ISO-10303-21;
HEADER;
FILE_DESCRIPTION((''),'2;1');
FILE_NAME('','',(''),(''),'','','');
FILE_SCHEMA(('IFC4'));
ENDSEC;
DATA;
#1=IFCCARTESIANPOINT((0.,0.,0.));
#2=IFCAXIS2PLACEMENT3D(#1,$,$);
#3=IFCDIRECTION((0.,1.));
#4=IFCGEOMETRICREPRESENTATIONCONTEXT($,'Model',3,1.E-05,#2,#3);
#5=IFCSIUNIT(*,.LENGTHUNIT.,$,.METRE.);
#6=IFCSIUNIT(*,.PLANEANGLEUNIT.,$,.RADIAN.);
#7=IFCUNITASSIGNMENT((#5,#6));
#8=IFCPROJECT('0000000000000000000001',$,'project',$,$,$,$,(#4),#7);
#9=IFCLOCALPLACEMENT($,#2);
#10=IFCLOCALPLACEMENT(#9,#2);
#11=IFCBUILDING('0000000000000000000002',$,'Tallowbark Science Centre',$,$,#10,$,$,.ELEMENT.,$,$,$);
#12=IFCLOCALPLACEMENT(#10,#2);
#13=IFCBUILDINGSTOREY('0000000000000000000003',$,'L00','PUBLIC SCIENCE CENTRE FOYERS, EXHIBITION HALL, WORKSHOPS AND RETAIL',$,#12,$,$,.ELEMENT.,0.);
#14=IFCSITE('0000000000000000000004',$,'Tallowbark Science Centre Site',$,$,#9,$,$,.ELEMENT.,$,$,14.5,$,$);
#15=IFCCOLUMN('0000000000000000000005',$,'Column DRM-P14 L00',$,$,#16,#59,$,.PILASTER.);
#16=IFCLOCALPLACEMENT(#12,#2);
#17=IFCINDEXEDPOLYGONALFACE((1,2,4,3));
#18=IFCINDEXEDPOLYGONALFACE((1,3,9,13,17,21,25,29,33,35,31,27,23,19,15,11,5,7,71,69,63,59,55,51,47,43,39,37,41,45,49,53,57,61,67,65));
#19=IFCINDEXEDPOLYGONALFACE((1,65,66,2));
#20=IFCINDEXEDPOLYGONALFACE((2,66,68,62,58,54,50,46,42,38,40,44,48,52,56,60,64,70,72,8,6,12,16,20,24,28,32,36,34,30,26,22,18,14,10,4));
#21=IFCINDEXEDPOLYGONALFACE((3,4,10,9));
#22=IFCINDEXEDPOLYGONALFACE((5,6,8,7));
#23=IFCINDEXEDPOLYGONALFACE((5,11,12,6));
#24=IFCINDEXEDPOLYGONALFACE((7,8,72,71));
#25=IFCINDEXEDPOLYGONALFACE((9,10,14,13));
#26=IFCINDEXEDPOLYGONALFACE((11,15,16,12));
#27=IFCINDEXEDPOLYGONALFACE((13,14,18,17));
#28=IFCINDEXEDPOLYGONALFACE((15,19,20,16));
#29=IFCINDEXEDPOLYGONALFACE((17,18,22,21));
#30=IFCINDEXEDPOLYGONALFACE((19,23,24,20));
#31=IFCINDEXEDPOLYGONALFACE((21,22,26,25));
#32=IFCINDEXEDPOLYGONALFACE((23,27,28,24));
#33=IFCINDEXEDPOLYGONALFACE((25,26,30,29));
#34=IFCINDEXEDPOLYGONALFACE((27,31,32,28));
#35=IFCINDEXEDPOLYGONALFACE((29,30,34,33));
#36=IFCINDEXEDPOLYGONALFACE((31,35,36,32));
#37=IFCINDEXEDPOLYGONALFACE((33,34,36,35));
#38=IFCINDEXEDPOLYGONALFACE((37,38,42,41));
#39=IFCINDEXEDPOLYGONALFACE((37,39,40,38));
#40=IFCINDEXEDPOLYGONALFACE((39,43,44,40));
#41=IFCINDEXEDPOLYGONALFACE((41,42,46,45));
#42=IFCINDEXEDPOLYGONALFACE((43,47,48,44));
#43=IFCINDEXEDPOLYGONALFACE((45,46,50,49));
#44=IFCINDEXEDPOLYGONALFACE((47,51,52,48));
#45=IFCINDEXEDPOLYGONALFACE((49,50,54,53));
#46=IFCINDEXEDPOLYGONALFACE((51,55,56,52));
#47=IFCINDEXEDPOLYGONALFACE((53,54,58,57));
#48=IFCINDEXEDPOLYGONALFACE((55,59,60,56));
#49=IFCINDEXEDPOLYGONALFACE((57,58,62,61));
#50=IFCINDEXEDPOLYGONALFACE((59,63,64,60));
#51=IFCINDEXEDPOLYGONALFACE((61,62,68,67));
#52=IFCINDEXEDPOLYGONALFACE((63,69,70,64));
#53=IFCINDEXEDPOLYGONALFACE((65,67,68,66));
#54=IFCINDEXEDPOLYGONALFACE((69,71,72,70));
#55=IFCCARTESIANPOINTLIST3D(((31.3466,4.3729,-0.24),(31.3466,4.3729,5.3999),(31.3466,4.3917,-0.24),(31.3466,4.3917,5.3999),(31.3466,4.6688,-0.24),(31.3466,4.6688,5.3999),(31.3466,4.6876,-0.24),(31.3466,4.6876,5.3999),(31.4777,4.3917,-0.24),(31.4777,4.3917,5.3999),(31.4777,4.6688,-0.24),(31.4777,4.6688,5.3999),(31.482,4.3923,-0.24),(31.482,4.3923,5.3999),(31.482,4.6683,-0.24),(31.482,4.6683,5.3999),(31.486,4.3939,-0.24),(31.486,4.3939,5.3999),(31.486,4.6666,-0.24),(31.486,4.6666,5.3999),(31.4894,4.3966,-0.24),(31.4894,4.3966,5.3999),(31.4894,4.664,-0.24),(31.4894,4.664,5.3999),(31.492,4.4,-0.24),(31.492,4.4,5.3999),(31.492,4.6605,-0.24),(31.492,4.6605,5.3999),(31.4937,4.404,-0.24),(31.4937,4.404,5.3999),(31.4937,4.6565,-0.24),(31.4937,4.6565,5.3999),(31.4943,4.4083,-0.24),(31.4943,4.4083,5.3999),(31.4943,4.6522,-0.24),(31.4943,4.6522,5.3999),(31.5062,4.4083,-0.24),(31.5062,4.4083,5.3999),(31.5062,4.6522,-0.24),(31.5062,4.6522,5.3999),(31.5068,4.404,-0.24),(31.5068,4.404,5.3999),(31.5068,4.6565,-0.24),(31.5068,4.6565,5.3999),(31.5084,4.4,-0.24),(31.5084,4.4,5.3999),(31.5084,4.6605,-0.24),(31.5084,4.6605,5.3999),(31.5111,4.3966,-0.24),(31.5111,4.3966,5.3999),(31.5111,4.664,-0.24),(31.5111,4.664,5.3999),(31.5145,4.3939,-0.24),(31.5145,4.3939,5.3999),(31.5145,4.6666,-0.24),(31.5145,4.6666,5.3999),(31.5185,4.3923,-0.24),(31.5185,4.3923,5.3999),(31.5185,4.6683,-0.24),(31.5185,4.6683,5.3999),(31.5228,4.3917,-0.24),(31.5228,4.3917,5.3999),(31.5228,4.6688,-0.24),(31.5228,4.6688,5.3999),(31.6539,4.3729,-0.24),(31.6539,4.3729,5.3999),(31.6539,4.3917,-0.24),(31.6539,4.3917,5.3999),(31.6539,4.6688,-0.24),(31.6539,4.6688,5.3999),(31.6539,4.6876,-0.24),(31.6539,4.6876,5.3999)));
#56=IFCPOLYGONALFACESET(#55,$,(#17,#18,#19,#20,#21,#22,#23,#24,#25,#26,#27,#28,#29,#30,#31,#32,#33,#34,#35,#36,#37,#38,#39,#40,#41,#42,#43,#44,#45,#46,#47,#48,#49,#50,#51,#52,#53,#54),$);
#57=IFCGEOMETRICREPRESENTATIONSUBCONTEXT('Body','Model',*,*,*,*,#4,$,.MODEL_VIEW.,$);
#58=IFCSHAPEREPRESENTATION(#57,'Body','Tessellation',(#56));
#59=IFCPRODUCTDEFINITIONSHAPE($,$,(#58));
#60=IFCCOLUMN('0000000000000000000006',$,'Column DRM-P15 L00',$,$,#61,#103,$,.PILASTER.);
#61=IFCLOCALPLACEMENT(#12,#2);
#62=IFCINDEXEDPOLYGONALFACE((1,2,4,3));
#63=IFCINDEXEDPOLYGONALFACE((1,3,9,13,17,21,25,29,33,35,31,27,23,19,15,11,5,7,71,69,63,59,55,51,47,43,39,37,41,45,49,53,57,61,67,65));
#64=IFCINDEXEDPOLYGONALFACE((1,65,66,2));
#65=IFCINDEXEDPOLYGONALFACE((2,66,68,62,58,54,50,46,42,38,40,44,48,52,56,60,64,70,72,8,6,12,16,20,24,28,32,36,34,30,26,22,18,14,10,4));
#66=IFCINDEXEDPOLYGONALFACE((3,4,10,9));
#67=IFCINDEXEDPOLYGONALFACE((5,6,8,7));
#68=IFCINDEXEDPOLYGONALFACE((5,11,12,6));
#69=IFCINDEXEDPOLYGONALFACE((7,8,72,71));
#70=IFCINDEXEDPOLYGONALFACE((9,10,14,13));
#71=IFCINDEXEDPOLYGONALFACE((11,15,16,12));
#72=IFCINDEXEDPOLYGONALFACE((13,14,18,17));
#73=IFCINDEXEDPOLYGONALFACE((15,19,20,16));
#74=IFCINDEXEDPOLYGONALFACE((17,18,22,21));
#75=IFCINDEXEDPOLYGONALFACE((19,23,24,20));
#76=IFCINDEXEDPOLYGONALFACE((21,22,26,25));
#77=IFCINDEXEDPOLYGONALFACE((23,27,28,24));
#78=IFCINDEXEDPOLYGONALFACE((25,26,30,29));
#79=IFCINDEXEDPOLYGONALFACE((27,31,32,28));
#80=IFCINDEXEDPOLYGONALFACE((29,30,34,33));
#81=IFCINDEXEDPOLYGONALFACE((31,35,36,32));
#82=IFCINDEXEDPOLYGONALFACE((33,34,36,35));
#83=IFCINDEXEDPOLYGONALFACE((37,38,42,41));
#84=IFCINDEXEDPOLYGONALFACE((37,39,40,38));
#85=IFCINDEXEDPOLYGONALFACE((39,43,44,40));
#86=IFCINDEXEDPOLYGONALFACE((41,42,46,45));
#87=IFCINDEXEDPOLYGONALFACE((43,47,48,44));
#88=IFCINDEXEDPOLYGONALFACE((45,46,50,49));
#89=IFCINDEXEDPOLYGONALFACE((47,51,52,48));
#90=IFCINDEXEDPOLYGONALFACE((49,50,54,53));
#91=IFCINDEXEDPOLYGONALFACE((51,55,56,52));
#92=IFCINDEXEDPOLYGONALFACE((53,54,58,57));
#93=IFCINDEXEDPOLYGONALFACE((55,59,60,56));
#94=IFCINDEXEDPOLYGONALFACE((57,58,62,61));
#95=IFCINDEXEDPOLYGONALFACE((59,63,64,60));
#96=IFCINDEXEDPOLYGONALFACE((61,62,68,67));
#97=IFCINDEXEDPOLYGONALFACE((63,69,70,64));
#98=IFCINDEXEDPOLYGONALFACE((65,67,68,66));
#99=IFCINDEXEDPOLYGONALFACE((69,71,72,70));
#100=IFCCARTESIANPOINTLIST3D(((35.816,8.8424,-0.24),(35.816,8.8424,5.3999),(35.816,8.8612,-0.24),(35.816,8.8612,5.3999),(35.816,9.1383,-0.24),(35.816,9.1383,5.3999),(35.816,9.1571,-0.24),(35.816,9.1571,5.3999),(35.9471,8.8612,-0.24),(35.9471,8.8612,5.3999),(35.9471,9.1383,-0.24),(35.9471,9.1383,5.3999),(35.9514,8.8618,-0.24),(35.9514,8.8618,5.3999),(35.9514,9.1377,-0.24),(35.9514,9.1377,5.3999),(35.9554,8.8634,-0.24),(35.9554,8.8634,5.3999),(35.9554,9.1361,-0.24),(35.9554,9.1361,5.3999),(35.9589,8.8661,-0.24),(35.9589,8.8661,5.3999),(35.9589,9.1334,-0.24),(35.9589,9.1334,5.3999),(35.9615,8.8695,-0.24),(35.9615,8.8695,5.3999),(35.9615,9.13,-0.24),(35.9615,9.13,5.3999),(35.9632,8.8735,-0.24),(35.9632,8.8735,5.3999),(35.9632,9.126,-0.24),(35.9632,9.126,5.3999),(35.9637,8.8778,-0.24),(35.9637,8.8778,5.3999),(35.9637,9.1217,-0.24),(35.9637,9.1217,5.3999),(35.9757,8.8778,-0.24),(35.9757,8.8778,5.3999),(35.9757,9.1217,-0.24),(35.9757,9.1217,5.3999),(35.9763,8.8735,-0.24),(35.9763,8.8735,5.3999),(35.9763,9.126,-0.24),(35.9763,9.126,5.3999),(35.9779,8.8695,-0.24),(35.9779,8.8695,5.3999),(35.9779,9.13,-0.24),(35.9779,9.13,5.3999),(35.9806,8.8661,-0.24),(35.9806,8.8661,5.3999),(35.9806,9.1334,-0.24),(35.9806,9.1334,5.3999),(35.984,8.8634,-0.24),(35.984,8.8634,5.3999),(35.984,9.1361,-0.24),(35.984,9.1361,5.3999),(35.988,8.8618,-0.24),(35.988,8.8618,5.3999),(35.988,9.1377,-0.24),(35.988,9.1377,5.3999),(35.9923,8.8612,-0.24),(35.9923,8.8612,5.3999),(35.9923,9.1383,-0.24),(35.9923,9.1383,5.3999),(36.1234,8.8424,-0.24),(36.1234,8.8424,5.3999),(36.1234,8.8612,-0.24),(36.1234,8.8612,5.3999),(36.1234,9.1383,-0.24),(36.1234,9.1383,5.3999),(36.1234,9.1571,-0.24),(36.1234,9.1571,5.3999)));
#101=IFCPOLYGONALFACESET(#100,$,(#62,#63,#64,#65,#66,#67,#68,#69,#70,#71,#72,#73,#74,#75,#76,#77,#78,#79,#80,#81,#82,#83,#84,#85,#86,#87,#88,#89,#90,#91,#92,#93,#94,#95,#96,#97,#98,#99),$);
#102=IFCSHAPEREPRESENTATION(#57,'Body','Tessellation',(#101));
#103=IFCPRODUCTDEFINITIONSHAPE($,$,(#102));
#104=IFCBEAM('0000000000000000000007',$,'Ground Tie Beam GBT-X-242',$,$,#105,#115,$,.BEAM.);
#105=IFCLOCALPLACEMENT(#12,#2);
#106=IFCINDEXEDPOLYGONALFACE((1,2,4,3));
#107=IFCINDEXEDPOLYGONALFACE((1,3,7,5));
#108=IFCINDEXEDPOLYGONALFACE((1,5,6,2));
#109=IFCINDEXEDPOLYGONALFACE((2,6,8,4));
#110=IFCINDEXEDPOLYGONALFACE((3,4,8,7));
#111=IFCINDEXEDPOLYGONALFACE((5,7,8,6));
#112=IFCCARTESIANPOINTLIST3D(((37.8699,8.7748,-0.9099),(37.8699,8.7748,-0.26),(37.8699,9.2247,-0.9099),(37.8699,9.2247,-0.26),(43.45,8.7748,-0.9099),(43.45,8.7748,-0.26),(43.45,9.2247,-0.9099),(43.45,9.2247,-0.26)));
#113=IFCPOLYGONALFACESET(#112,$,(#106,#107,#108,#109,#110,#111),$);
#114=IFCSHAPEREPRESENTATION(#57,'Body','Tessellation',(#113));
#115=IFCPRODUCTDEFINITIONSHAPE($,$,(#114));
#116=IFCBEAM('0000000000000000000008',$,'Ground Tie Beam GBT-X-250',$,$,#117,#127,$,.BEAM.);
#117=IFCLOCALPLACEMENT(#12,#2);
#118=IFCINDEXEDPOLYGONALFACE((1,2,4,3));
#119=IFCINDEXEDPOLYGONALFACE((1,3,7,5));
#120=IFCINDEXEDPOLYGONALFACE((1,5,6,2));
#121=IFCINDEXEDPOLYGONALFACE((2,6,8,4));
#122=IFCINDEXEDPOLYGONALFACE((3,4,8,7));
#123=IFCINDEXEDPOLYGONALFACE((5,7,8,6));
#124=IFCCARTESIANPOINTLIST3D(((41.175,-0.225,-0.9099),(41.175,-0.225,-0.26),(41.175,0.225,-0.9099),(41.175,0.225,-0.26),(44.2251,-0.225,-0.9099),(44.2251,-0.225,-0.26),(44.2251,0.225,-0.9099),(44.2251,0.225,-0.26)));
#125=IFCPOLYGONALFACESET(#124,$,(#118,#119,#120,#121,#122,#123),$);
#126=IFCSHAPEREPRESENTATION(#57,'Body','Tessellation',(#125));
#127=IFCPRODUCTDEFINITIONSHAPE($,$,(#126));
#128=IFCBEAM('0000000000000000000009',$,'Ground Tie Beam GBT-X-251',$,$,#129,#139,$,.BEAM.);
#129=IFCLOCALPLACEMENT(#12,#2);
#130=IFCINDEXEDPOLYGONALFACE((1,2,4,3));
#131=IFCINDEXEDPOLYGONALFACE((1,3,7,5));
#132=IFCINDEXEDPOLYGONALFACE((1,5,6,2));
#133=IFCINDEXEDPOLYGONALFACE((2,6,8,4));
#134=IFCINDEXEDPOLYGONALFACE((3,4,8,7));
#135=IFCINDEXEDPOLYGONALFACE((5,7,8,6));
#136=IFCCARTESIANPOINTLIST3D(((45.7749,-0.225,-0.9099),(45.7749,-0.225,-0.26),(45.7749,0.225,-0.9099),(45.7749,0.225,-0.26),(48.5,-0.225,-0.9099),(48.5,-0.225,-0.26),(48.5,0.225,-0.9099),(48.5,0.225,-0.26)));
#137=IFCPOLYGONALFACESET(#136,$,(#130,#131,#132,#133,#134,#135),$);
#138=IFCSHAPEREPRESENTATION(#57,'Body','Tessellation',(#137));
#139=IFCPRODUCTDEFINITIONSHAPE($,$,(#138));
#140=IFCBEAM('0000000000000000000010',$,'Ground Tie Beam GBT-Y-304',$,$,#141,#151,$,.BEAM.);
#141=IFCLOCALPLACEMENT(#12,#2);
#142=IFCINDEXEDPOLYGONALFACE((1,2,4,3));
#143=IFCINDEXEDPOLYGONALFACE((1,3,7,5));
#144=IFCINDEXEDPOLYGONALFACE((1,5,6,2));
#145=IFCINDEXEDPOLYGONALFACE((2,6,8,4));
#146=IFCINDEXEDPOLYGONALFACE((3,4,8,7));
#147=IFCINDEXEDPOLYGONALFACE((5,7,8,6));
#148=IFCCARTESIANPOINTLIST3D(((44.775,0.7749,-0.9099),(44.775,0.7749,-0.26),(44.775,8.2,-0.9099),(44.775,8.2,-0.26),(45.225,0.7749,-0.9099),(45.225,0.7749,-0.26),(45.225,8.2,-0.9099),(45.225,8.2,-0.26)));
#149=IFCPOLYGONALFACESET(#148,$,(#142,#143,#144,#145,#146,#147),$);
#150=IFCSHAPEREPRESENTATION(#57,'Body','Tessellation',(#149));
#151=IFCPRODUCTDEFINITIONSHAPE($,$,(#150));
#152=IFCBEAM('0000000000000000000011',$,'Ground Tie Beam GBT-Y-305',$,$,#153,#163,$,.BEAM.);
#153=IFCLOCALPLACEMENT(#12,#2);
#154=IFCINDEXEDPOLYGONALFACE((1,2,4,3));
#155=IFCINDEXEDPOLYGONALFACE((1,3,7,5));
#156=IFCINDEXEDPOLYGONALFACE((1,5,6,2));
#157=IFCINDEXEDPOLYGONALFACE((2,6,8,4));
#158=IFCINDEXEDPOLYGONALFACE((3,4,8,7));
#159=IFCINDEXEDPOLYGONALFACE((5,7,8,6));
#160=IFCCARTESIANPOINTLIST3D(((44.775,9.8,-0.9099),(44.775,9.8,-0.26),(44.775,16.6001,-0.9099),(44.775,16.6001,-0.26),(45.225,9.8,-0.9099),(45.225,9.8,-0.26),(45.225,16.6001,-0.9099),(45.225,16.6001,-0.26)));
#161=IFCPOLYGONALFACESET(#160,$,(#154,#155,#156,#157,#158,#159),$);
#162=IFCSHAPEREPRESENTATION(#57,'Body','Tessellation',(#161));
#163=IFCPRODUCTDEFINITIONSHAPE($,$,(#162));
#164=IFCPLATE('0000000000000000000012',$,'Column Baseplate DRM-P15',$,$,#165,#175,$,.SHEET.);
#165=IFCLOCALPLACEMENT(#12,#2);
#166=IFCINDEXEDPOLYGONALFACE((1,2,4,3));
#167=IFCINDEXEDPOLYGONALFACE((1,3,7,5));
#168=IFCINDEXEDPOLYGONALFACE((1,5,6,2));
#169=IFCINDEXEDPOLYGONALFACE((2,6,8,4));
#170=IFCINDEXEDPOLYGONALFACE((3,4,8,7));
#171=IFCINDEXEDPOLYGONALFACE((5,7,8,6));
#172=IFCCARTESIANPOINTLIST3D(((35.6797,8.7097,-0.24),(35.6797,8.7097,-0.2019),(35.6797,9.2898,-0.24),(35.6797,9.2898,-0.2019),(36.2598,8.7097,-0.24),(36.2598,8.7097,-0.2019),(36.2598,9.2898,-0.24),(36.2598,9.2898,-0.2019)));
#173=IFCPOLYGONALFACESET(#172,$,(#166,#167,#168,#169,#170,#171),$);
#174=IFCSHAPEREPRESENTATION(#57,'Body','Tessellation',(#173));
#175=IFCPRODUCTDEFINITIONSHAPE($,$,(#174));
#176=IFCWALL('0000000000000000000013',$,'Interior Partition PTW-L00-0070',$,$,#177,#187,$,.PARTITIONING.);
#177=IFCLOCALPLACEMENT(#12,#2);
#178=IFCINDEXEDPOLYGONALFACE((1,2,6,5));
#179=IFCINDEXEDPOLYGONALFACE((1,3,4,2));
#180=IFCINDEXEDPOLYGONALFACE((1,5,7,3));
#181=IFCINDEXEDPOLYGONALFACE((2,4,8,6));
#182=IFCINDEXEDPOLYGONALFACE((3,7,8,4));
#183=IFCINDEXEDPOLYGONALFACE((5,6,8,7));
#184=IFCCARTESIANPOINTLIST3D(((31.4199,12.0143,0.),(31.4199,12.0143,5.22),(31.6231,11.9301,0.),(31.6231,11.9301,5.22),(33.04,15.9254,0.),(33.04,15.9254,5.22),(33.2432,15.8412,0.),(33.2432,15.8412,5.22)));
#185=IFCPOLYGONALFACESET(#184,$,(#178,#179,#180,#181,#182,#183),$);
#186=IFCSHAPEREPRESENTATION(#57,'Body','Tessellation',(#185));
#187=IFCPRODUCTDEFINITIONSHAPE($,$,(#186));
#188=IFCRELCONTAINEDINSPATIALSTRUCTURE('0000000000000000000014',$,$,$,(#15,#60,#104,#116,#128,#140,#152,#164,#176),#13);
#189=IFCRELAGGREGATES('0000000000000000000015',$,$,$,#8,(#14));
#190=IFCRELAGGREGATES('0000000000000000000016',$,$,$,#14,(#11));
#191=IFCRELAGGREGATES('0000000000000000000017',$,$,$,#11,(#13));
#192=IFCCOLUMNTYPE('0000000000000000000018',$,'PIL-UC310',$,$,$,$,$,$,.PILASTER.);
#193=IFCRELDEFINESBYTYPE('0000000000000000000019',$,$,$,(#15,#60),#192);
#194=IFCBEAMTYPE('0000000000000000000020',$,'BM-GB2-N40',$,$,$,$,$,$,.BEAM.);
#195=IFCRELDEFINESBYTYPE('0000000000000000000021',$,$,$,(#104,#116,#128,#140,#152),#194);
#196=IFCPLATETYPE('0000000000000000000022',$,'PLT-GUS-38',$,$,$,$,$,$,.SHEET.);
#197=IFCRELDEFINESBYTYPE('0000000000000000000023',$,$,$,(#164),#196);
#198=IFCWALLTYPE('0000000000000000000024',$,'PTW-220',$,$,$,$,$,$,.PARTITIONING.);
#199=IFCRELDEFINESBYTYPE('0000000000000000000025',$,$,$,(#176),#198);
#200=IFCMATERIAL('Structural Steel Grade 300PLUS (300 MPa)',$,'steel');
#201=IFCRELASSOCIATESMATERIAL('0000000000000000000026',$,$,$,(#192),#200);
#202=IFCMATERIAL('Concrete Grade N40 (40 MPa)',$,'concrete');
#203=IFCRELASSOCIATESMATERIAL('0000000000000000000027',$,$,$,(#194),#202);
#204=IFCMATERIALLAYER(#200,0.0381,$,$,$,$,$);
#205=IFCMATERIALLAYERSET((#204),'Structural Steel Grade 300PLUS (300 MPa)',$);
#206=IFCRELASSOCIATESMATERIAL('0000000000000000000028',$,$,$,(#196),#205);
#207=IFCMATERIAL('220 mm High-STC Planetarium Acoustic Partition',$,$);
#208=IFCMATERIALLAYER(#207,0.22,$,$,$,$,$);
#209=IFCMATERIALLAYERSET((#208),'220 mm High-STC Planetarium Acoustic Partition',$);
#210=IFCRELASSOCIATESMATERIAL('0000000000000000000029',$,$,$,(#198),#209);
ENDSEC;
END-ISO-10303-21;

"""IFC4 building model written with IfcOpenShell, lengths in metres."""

from ifc_helpers import new_model, si_unit, direction, frame, frame_2d, origin, origin_2d, place, context, subcontext, project, spatial, rectangle, i_section, extrude, material, layer, layer_set, material_profile, profile_set, type_object, element, save


model = new_model("IFC4")

# Units and contexts
model_context = context("Model", 3, precision=1e-05, world=origin(), true_north=direction((0.0, 1.0)))
body_context = subcontext(model_context, "Body", "Model", "MODEL_VIEW")
ifc_project = project(units=[si_unit("LENGTHUNIT", "METRE"), si_unit("PLANEANGLEUNIT", "RADIAN")], contexts=[model_context])

# Site, building, storey
site_placement = place(None, origin())
site = spatial("IfcSite", under=ifc_project, at=site_placement, Name="Tallowbark Science Centre Site", CompositionType="ELEMENT", RefElevation=14.5)
building_placement = place(site_placement, origin())
building = spatial("IfcBuilding", under=site, at=building_placement, Name="Tallowbark Science Centre", CompositionType="ELEMENT")
storey_placement = place(building_placement, origin())
storey = spatial("IfcBuildingStorey", under=building, at=storey_placement, Name="L00", Description="PUBLIC SCIENCE CENTRE FOYERS, EXHIBITION HALL, WORKSHOPS AND RETAIL", CompositionType="ELEMENT", Elevation=0.0)

# Shared definitions
ifc_material_1 = material(Name="Concrete Grade N40 (40 MPa)", Category="concrete")

# Columns
ifc_material_2 = material(Name="Structural Steel Grade 300PLUS (300 MPa)", Category="steel")
ifc_material_profile_1 = material_profile(ifc_material_2, i_section(OverallWidth=0.3074, OverallDepth=0.3147, WebThickness=0.012, FlangeThickness=0.0188, FilletRadius=0.0166, at=origin_2d()), Name="310UC118")
ifc_profile_set_1 = profile_set([ifc_material_profile_1], Name="Structural Steel Grade 300PLUS (300 MPa)")
column_type_1 = type_object("IfcColumnType", Name="PIL-UC310", PredefinedType="PILASTER", material=ifc_profile_set_1)
for number, where, z_axis, x_axis, name in (
    (1, (31.5002, 4.5303, -0.24), (0.0, 0.0, 1.0), (1.0, 0.0, 0.0), "Column DRM-P14 L00"),
    (2, (35.9697, 8.9998, -0.24), (0.0, 0.0, 1.0), (1.0, 0.0, 0.0), "Column DRM-P15 L00"),
):
    element("IfcColumn", number, at=place(storey_placement, frame(where, z_axis=z_axis, x_axis=x_axis)), inside=storey, type_object=column_type_1, Name=name, PredefinedType="PILASTER", context=body_context, shape_type="SweptSolid", body=[
        extrude(i_section(OverallWidth=0.3074, OverallDepth=0.3147, WebThickness=0.012, FlangeThickness=0.0188, FilletRadius=0.0166, at=origin_2d()), origin(), (0.0, 0.0, 1.0), 5.6399),
    ])

# Beams
ifc_material_profile_2 = material_profile(ifc_material_1, rectangle(XDim=0.45, YDim=0.6499, at=origin_2d()), Name="RC450x650")
ifc_profile_set_2 = profile_set([ifc_material_profile_2], Name="Concrete Grade N40 (40 MPa)")
beam_type = type_object("IfcBeamType", Name="BM-GB2-N40", PredefinedType="BEAM", material=ifc_profile_set_2)
beam_1_placement = place(storey_placement, frame((37.8699, 8.9998, -0.585), z_axis=(1.0, 0.0, 0.0), x_axis=(0.0, 1.0, 0.0)))
element("IfcBeam", 3, at=beam_1_placement, inside=storey, type_object=beam_type, Name="Ground Tie Beam GBT-X-242", PredefinedType="BEAM", context=body_context, shape_type="SweptSolid", body=[
    extrude(rectangle(XDim=0.45, YDim=0.6499, at=origin_2d()), origin(), (0.0, 0.0, 1.0), 5.5801),
])
beam_2_placement = place(storey_placement, frame((41.175, 0.0, -0.585), z_axis=(1.0, 0.0, 0.0), x_axis=(0.0, 1.0, 0.0)))
element("IfcBeam", 4, at=beam_2_placement, inside=storey, type_object=beam_type, Name="Ground Tie Beam GBT-X-250", PredefinedType="BEAM", context=body_context, shape_type="SweptSolid", body=[
    extrude(rectangle(XDim=0.45, YDim=0.6499, at=origin_2d()), origin(), (0.0, 0.0, 1.0), 3.05),
])
beam_3_placement = place(storey_placement, frame((45.7749, 0.0, -0.585), z_axis=(1.0, 0.0, 0.0), x_axis=(0.0, 1.0, 0.0)))
element("IfcBeam", 5, at=beam_3_placement, inside=storey, type_object=beam_type, Name="Ground Tie Beam GBT-X-251", PredefinedType="BEAM", context=body_context, shape_type="SweptSolid", body=[
    extrude(rectangle(XDim=0.45, YDim=0.6499, at=origin_2d()), origin(), (0.0, 0.0, 1.0), 2.7251),
])
beam_4_placement = place(storey_placement, frame((45.0, 0.7749, -0.585), z_axis=(0.0, 1.0, 0.0), x_axis=(-1.0, 0.0, 0.0)))
element("IfcBeam", 6, at=beam_4_placement, inside=storey, type_object=beam_type, Name="Ground Tie Beam GBT-Y-304", PredefinedType="BEAM", context=body_context, shape_type="SweptSolid", body=[
    extrude(rectangle(XDim=0.45, YDim=0.6499, at=origin_2d()), origin(), (0.0, 0.0, 1.0), 7.425),
])
beam_5_placement = place(storey_placement, frame((45.0, 9.8, -0.585), z_axis=(0.0, 1.0, 0.0), x_axis=(-1.0, 0.0, 0.0)))
element("IfcBeam", 7, at=beam_5_placement, inside=storey, type_object=beam_type, Name="Ground Tie Beam GBT-Y-305", PredefinedType="BEAM", context=body_context, shape_type="SweptSolid", body=[
    extrude(rectangle(XDim=0.45, YDim=0.6499, at=origin_2d()), origin(), (0.0, 0.0, 1.0), 6.8),
])

# Plate
ifc_layer_1 = layer(ifc_material_2, 0.0381)
ifc_layer_set_1 = layer_set([ifc_layer_1], Name="Structural Steel Grade 300PLUS (300 MPa)")
plate_type = type_object("IfcPlateType", Name="PLT-GUS-38", PredefinedType="SHEET", material=ifc_layer_set_1)
plate_placement = place(storey_placement, frame((35.9697, 8.9998, -0.24), z_axis=(0.0, 0.0, 1.0), x_axis=(1.0, 0.0, 0.0)))
element("IfcPlate", 8, at=plate_placement, inside=storey, type_object=plate_type, Name="Column Baseplate DRM-P15", PredefinedType="SHEET", context=body_context, shape_type="SweptSolid", body=[
    extrude(rectangle(XDim=0.5801, YDim=0.5801, at=origin_2d()), origin(), (0.0, 0.0, 1.0), 0.0381),
])

# Wall
ifc_material_3 = material(Name="220 mm High-STC Planetarium Acoustic Partition")
ifc_layer_2 = layer(ifc_material_3, 0.22)
ifc_layer_set_2 = layer_set([ifc_layer_2], Name="220 mm High-STC Planetarium Acoustic Partition")
wall_type_1 = type_object("IfcWallType", Name="PTW-220", PredefinedType="PARTITIONING", material=ifc_layer_set_2)
wall_1_placement = place(storey_placement, frame((31.5215, 11.9722, 0.0), z_axis=(0.0, 0.0, 1.0), x_axis=(0.382698, 0.923873, 0.0)))
element("IfcWall", 9, at=wall_1_placement, inside=storey, type_object=wall_type_1, Name="Interior Partition PTW-L00-0070", PredefinedType="PARTITIONING", context=body_context, shape_type="SweptSolid", body=[
    extrude(rectangle(XDim=4.2334, YDim=0.22, at=frame_2d((2.1167, 0.0))), origin(), (0.0, 0.0, 1.0), 5.22),
])

save(model, "model.ifc")
